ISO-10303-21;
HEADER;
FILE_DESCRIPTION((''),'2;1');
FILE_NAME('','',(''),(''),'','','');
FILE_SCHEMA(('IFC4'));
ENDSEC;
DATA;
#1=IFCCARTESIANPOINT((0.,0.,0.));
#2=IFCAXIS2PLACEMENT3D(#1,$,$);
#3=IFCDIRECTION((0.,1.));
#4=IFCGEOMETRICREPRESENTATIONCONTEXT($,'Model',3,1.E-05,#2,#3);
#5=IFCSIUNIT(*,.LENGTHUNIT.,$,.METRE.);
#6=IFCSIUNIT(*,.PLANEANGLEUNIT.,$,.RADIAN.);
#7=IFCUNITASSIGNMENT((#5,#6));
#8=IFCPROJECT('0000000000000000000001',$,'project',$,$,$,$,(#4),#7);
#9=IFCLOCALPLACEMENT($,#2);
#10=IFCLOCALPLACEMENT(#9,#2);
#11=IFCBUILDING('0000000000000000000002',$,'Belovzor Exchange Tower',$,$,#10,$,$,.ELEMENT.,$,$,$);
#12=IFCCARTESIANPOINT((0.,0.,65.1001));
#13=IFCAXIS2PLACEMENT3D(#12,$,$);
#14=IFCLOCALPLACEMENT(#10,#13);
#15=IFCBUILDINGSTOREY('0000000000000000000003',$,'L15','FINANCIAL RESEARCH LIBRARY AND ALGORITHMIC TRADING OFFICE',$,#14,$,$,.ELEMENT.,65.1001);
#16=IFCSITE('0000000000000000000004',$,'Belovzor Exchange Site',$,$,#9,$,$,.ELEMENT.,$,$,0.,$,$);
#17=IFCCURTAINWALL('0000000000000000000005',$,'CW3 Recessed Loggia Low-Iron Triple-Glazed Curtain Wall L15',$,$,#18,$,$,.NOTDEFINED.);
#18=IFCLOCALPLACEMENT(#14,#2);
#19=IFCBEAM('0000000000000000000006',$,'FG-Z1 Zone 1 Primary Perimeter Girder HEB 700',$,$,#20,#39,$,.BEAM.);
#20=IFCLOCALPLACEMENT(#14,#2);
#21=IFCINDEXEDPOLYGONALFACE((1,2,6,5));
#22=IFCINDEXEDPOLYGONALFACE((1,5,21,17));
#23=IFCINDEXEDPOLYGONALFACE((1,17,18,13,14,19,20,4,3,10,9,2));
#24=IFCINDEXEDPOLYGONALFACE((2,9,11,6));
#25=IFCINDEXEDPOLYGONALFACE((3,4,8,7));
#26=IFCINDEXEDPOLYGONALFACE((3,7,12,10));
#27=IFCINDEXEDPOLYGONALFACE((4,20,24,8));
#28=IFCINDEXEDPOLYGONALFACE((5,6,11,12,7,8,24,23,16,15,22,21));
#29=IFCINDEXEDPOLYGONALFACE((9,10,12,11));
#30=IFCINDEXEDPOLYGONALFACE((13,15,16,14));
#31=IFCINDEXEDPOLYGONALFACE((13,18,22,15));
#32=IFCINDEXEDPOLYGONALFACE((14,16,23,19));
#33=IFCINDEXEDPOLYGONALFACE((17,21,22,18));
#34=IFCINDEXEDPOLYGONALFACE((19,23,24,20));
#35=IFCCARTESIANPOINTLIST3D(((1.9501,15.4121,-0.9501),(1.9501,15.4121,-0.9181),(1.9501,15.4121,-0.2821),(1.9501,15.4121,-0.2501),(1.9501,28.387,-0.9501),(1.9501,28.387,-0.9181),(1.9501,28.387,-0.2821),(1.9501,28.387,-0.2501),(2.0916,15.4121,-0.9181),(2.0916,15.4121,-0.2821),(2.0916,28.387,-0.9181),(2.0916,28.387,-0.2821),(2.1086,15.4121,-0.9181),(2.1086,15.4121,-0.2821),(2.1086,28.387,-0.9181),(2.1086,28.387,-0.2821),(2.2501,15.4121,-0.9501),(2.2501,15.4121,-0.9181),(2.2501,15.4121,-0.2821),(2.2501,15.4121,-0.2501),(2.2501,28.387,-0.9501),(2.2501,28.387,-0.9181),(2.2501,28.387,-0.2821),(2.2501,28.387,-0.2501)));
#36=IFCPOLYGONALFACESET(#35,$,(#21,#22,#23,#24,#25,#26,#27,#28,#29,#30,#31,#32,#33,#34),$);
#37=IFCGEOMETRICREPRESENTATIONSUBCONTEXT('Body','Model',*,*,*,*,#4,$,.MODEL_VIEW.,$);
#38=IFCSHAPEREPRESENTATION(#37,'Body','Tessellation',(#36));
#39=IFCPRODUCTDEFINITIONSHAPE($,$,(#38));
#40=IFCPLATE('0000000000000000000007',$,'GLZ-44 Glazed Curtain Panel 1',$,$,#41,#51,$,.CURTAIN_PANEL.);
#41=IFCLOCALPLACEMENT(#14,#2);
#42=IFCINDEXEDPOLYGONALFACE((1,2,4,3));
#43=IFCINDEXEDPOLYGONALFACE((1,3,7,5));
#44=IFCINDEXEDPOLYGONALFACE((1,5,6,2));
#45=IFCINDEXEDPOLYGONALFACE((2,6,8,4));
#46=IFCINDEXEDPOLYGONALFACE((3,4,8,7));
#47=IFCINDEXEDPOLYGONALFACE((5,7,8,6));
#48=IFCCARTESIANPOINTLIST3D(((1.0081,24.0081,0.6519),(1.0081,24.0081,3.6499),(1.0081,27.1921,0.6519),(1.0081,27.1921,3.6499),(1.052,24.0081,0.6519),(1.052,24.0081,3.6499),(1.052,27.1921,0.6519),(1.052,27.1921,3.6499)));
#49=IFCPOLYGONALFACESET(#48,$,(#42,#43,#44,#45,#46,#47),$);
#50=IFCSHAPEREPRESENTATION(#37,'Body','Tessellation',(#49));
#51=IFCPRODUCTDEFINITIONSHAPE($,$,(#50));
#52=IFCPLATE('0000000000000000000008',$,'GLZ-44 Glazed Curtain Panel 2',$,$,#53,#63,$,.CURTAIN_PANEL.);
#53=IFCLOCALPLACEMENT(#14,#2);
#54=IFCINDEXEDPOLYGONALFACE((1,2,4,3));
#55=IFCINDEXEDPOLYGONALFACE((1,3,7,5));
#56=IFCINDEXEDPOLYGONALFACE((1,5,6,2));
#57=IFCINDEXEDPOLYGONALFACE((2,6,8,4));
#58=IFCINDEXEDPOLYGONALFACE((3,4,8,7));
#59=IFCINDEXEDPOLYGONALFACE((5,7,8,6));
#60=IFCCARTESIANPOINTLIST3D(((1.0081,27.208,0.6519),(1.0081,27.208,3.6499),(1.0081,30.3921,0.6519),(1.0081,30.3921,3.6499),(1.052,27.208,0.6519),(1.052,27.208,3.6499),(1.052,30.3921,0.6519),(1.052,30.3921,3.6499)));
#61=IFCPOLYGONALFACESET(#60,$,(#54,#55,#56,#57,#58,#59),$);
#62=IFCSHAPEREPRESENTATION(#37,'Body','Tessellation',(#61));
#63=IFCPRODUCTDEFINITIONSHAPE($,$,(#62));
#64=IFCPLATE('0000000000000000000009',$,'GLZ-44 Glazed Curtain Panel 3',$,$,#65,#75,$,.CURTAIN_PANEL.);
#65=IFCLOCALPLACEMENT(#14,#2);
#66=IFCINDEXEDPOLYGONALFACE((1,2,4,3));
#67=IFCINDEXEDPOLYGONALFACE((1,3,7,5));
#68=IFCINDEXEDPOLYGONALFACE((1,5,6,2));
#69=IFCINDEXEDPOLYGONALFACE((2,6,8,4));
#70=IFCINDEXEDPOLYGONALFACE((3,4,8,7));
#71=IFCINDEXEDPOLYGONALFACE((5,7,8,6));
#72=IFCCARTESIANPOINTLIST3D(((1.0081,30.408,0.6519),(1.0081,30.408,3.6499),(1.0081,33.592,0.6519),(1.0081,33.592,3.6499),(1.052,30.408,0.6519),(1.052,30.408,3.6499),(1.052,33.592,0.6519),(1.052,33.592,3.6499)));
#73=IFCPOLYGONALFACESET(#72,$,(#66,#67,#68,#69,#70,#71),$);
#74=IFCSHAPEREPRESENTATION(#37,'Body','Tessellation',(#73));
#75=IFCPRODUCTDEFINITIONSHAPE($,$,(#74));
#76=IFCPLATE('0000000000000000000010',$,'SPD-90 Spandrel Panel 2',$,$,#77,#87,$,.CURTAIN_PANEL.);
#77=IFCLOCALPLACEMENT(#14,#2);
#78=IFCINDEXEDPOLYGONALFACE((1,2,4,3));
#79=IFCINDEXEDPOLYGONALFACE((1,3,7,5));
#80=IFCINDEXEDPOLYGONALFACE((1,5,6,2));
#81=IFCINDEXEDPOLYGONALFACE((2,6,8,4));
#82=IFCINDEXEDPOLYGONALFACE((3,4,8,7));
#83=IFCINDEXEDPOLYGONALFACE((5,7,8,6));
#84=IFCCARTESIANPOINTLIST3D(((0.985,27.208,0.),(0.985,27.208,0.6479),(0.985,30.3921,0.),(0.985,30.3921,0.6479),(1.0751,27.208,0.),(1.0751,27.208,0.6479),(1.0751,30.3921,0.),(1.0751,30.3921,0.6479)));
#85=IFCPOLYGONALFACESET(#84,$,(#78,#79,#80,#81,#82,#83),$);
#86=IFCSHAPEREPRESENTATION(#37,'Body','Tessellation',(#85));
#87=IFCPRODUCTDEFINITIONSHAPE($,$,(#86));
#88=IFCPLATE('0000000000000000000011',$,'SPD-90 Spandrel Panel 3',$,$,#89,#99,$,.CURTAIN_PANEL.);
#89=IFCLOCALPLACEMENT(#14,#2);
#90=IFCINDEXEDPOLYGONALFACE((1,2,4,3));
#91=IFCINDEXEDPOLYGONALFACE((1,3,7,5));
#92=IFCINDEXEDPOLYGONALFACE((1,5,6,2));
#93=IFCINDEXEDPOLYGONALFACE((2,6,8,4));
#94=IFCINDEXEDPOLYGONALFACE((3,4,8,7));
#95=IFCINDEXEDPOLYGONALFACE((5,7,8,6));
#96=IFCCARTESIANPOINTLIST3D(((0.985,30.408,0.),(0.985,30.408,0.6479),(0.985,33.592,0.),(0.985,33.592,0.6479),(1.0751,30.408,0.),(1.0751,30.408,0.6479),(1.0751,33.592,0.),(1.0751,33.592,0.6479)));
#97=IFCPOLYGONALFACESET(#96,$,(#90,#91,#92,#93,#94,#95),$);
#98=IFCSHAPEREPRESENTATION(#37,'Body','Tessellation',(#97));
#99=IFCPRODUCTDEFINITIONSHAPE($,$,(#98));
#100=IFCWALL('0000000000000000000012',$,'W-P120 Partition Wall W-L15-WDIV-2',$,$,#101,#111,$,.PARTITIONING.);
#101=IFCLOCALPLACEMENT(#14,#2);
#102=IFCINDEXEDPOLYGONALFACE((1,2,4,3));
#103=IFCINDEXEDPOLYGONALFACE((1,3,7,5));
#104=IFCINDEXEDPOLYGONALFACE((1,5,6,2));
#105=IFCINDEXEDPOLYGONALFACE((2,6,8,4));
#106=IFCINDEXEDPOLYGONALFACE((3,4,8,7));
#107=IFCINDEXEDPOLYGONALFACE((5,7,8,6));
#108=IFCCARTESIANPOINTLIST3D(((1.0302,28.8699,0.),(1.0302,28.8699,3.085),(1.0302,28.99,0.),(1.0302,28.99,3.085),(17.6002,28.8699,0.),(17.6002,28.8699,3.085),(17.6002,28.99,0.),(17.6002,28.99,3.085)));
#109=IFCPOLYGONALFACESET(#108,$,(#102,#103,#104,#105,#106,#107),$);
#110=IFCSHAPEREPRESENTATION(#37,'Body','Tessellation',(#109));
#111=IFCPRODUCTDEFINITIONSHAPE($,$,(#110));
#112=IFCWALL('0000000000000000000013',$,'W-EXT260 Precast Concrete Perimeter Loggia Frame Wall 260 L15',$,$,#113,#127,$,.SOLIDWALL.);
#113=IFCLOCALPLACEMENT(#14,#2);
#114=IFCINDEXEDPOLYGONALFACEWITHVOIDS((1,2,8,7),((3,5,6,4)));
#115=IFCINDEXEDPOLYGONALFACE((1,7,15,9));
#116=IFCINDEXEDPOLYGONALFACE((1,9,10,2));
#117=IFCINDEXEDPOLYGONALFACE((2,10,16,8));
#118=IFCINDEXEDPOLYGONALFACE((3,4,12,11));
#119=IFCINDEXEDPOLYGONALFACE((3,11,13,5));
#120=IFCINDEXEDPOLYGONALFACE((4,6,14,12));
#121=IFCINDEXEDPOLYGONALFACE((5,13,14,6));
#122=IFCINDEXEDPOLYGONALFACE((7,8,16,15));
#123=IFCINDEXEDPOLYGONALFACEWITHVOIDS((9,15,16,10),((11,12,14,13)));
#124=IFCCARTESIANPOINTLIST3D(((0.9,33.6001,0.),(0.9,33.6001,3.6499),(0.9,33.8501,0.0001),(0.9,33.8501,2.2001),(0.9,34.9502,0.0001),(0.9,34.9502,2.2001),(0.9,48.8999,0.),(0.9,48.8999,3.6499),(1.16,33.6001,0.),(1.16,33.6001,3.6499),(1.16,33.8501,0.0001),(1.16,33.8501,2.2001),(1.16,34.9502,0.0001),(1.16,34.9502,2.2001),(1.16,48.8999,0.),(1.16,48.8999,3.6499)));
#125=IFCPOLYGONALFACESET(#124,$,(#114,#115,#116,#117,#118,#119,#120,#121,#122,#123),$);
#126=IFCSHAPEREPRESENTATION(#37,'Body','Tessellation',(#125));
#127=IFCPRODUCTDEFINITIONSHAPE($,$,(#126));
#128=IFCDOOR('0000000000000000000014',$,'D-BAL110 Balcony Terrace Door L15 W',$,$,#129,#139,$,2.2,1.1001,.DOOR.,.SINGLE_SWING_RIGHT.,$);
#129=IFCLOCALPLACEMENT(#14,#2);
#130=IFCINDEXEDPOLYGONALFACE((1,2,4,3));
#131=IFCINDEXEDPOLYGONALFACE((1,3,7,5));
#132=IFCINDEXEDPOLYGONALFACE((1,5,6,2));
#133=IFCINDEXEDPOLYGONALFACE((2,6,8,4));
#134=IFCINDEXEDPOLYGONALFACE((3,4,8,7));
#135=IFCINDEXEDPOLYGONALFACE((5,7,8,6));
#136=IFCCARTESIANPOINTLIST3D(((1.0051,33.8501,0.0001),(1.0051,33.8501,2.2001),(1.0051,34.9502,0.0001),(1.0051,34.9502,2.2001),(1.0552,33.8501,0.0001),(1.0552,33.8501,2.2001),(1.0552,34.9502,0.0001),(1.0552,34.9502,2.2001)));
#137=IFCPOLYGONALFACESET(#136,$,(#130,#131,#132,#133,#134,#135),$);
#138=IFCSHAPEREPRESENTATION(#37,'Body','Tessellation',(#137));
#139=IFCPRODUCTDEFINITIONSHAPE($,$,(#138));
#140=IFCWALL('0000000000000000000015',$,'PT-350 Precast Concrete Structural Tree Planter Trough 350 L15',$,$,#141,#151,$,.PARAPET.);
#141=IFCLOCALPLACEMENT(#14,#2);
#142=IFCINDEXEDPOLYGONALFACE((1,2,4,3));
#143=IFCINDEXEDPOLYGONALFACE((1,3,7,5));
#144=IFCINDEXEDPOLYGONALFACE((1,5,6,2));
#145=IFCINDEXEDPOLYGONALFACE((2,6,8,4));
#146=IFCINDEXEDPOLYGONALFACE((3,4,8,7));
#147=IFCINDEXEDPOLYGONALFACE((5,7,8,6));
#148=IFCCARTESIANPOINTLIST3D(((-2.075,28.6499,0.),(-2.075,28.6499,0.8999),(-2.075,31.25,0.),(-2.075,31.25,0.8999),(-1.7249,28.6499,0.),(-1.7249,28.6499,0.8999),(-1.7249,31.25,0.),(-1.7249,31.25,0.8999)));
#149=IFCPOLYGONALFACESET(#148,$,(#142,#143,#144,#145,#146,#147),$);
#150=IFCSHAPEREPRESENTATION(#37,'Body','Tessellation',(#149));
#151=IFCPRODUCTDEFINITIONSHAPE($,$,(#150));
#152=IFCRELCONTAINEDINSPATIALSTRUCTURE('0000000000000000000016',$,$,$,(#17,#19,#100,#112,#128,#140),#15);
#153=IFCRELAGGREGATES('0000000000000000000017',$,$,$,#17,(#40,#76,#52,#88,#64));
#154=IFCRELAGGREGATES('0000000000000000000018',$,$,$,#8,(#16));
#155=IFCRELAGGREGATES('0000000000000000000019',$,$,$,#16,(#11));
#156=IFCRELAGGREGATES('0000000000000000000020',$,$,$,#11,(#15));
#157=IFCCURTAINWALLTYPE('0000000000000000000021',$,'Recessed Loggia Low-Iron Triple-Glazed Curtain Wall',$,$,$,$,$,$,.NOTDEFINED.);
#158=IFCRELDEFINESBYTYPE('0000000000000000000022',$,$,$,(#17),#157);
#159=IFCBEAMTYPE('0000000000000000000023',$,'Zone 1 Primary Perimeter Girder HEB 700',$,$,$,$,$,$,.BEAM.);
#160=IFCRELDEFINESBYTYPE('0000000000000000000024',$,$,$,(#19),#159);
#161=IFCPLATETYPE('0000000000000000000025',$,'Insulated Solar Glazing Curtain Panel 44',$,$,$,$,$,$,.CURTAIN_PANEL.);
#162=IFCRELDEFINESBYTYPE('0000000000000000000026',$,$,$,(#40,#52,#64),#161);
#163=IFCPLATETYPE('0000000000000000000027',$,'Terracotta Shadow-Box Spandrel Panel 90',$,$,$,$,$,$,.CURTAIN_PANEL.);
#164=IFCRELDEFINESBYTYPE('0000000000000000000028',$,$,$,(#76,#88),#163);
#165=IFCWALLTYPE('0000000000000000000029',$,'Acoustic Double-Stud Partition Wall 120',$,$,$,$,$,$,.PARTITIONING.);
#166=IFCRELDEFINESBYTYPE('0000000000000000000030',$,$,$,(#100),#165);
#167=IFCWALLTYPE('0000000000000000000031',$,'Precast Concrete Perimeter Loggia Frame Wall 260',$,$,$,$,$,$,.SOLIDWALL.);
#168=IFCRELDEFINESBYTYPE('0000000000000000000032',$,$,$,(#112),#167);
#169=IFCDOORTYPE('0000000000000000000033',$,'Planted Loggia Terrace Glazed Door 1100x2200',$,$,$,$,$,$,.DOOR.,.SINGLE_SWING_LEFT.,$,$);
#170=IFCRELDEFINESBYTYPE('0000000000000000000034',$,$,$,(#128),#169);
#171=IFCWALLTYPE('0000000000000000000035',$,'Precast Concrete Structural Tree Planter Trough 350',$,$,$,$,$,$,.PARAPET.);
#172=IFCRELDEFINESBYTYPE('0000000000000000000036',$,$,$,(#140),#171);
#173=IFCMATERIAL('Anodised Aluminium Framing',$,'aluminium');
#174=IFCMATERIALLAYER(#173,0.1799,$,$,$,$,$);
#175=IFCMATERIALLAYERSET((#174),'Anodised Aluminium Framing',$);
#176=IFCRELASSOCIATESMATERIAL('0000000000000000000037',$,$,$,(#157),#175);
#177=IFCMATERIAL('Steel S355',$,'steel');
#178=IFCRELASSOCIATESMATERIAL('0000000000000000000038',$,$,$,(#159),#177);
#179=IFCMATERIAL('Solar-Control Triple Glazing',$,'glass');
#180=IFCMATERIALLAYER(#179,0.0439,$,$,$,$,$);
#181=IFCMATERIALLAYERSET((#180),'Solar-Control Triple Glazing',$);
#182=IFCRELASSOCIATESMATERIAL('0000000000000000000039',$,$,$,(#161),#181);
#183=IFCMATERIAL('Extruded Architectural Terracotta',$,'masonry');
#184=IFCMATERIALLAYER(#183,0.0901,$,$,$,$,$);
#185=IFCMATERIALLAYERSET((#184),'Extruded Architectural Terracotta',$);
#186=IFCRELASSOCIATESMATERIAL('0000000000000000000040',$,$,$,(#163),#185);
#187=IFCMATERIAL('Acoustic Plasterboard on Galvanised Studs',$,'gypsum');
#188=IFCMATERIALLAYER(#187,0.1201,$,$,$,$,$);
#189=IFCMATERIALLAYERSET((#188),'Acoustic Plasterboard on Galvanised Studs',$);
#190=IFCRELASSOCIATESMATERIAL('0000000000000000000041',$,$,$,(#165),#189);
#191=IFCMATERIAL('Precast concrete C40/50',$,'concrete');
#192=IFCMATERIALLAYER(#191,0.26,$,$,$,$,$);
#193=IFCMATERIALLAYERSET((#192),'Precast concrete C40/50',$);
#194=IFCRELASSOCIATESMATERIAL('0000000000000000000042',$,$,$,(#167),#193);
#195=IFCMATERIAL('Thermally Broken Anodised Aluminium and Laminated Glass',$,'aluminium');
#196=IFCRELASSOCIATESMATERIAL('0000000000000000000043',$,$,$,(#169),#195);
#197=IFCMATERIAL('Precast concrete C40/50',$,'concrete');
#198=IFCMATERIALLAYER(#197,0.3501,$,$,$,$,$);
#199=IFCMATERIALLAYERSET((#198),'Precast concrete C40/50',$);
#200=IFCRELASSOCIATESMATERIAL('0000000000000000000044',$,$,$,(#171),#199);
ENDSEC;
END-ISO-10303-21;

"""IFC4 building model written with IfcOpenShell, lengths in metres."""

from ifc_helpers import new_model, si_unit, direction, frame, frame_2d, origin, origin_2d, place, context, subcontext, project, spatial, rectangle, i_section, extrude, material, layer, layer_set, material_profile, profile_set, type_object, element, fill, aggregate, save


model = new_model("IFC4")

# Units and contexts
model_context = context("Model", 3, precision=1e-05, world=origin(), true_north=direction((0.0, 1.0)))
body_context = subcontext(model_context, "Body", "Model", "MODEL_VIEW")
ifc_project = project(units=[si_unit("LENGTHUNIT", "METRE"), si_unit("PLANEANGLEUNIT", "RADIAN")], contexts=[model_context])

# Site, building, storey
site_placement = place(None, origin())
site = spatial("IfcSite", under=ifc_project, at=site_placement, Name="Belovzor Exchange Site", CompositionType="ELEMENT", RefElevation=0.0)
building_placement = place(site_placement, origin())
building = spatial("IfcBuilding", under=site, at=building_placement, Name="Belovzor Exchange Tower", CompositionType="ELEMENT")
storey_placement = place(building_placement, frame((0.0, 0.0, 65.1001)))
storey = spatial("IfcBuildingStorey", under=building, at=storey_placement, Name="L15", Description="FINANCIAL RESEARCH LIBRARY AND ALGORITHMIC TRADING OFFICE", CompositionType="ELEMENT", Elevation=65.1001)

# Curtain wall
ifc_material_1 = material(Name="Anodised Aluminium Framing", Category="aluminium")
ifc_layer_1 = layer(ifc_material_1, 0.1799)
ifc_layer_set_1 = layer_set([ifc_layer_1], Name="Anodised Aluminium Framing")
curtain_wall_type = type_object("IfcCurtainWallType", Name="Recessed Loggia Low-Iron Triple-Glazed Curtain Wall", PredefinedType="NOTDEFINED", material=ifc_layer_set_1)
curtain_wall_placement = place(storey_placement, origin())
curtain_wall = element("IfcCurtainWall", 1, at=curtain_wall_placement, inside=storey, type_object=curtain_wall_type, Name="CW3 Recessed Loggia Low-Iron Triple-Glazed Curtain Wall L15", PredefinedType="NOTDEFINED")

# Beam
ifc_material_2 = material(Name="Steel S355", Category="steel")
ifc_material_profile_1 = material_profile(ifc_material_2, i_section(OverallWidth=0.3, OverallDepth=0.7, WebThickness=0.0171, FlangeThickness=0.032, at=origin_2d()))
ifc_profile_set_1 = profile_set([ifc_material_profile_1], Name="Steel S355")
beam_type_1 = type_object("IfcBeamType", Name="Zone 1 Primary Perimeter Girder HEB 700", PredefinedType="BEAM", material=ifc_profile_set_1)
beam_1_placement = place(storey_placement, frame((2.1001, 28.387, -0.6001), z_axis=(0.0, -1.0, 0.0), x_axis=(1.0, 0.0, 0.0)))
element("IfcBeam", 2, at=beam_1_placement, inside=storey, type_object=beam_type_1, Name="FG-Z1 Zone 1 Primary Perimeter Girder HEB 700", PredefinedType="BEAM", context=body_context, shape_type="SweptSolid", body=[
    extrude(i_section(OverallWidth=0.3, OverallDepth=0.7, WebThickness=0.0171, FlangeThickness=0.032, at=origin_2d()), origin(), (0.0, 0.0, 1.0), 12.9749),
])

# Plates
ifc_material_3 = material(Name="Solar-Control Triple Glazing", Category="glass")
ifc_layer_2 = layer(ifc_material_3, 0.0439)
ifc_layer_set_2 = layer_set([ifc_layer_2], Name="Solar-Control Triple Glazing")
plate_type_1 = type_object("IfcPlateType", Name="Insulated Solar Glazing Curtain Panel 44", PredefinedType="CURTAIN_PANEL", material=ifc_layer_set_2)
plate_1_placement = place(storey_placement, frame((1.03, 25.6001, 0.6519), z_axis=(0.0, 0.0, 1.0), x_axis=(0.0, 1.0, 0.0)))
plate_1 = element("IfcPlate", 3, at=plate_1_placement, type_object=plate_type_1, Name="GLZ-44 Glazed Curtain Panel 1", PredefinedType="CURTAIN_PANEL", context=body_context, shape_type="SweptSolid", body=[
    extrude(rectangle(XDim=3.1841, YDim=0.0439, at=origin_2d()), origin(), (0.0, 0.0, 1.0), 2.998),
])
plate_2_placement = place(storey_placement, frame((1.03, 28.8, 0.6519), z_axis=(0.0, 0.0, 1.0), x_axis=(0.0, 1.0, 0.0)))
plate_2 = element("IfcPlate", 4, at=plate_2_placement, type_object=plate_type_1, Name="GLZ-44 Glazed Curtain Panel 2", PredefinedType="CURTAIN_PANEL", context=body_context, shape_type="SweptSolid", body=[
    extrude(rectangle(XDim=3.1841, YDim=0.0439, at=origin_2d()), origin(), (0.0, 0.0, 1.0), 2.998),
])
plate_3_placement = place(storey_placement, frame((1.03, 32.0, 0.6519), z_axis=(0.0, 0.0, 1.0), x_axis=(0.0, 1.0, 0.0)))
plate_3 = element("IfcPlate", 5, at=plate_3_placement, type_object=plate_type_1, Name="GLZ-44 Glazed Curtain Panel 3", PredefinedType="CURTAIN_PANEL", context=body_context, shape_type="SweptSolid", body=[
    extrude(rectangle(XDim=3.1841, YDim=0.0439, at=origin_2d()), origin(), (0.0, 0.0, 1.0), 2.998),
])
ifc_material_4 = material(Name="Extruded Architectural Terracotta", Category="masonry")
ifc_layer_3 = layer(ifc_material_4, 0.0901)
ifc_layer_set_3 = layer_set([ifc_layer_3], Name="Extruded Architectural Terracotta")
plate_type_2 = type_object("IfcPlateType", Name="Terracotta Shadow-Box Spandrel Panel 90", PredefinedType="CURTAIN_PANEL", material=ifc_layer_set_3)
plate_4_placement = place(storey_placement, frame((1.03, 28.8, 0.0), z_axis=(0.0, 0.0, 1.0), x_axis=(0.0, 1.0, 0.0)))
plate_4 = element("IfcPlate", 6, at=plate_4_placement, type_object=plate_type_2, Name="SPD-90 Spandrel Panel 2", PredefinedType="CURTAIN_PANEL", context=body_context, shape_type="SweptSolid", body=[
    extrude(rectangle(XDim=3.1841, YDim=0.0901, at=origin_2d()), origin(), (0.0, 0.0, 1.0), 0.6479),
])
plate_5_placement = place(storey_placement, frame((1.03, 32.0, 0.0), z_axis=(0.0, 0.0, 1.0), x_axis=(0.0, 1.0, 0.0)))
plate_5 = element("IfcPlate", 7, at=plate_5_placement, type_object=plate_type_2, Name="SPD-90 Spandrel Panel 3", PredefinedType="CURTAIN_PANEL", context=body_context, shape_type="SweptSolid", body=[
    extrude(rectangle(XDim=3.1841, YDim=0.0901, at=origin_2d()), origin(), (0.0, 0.0, 1.0), 0.6479),
])
aggregate(curtain_wall, [plate_1, plate_4, plate_2, plate_5, plate_3])

# Wall
ifc_material_5 = material(Name="Acoustic Plasterboard on Galvanised Studs", Category="gypsum")
ifc_layer_4 = layer(ifc_material_5, 0.1201)
ifc_layer_set_4 = layer_set([ifc_layer_4], Name="Acoustic Plasterboard on Galvanised Studs")
wall_type_1 = type_object("IfcWallType", Name="Acoustic Double-Stud Partition Wall 120", PredefinedType="PARTITIONING", material=ifc_layer_set_4)
wall_1_placement = place(storey_placement, frame((1.03, 28.9299, 0.0), z_axis=(0.0, 0.0, 1.0), x_axis=(1.0, 0.0, 0.0)))
element("IfcWall", 8, at=wall_1_placement, inside=storey, type_object=wall_type_1, Name="W-P120 Partition Wall W-L15-WDIV-2", PredefinedType="PARTITIONING", context=body_context, shape_type="SweptSolid", body=[
    extrude(rectangle(XDim=16.5701, YDim=0.1201, at=frame_2d((8.2852, 0.0))), origin(), (0.0, 0.0, 1.0), 3.085),
])

# Wall, opening, door
ifc_material_6 = material(Name="Precast concrete C40/50", Category="concrete")
ifc_layer_5 = layer(ifc_material_6, 0.26)
ifc_layer_set_5 = layer_set([ifc_layer_5], Name="Precast concrete C40/50")
wall_type_2 = type_object("IfcWallType", Name="Precast Concrete Perimeter Loggia Frame Wall 260", PredefinedType="SOLIDWALL", material=ifc_layer_set_5)
wall_2_placement = place(storey_placement, frame((1.03, 33.6001, 0.0), z_axis=(0.0, 0.0, 1.0), x_axis=(0.0, 1.0, 0.0)))
wall_2 = element("IfcWall", 9, at=wall_2_placement, inside=storey, type_object=wall_type_2, Name="W-EXT260 Precast Concrete Perimeter Loggia Frame Wall 260 L15", PredefinedType="SOLIDWALL", context=body_context, shape_type="SweptSolid", body=[
    extrude(rectangle(XDim=15.2998, YDim=0.26, at=frame_2d((7.6499, 0.0))), origin(), (0.0, 0.0, 1.0), 3.6499),
])
opening_placement = place(wall_2_placement, frame((0.25, 0.0, 0.0)))
opening = element("IfcOpeningElement", 10, at=opening_placement, cuts=wall_2, PredefinedType="OPENING", context=body_context, shape_type="SweptSolid", body=[
    extrude(rectangle(XDim=1.1001, YDim=2.2, at=frame_2d((0.55, 1.1001))), frame((0.0, 0.1399, 0.0), z_axis=(0.0, -1.0, 0.0), x_axis=(1.0, 0.0, 0.0)), (0.0, 0.0, 1.0), 0.28),
])
ifc_material_7 = material(Name="Thermally Broken Anodised Aluminium and Laminated Glass", Category="aluminium")
door_type = type_object("IfcDoorType", Name="Planted Loggia Terrace Glazed Door 1100x2200", OperationType="SINGLE_SWING_LEFT", PredefinedType="DOOR", material=ifc_material_7)
door_placement = place(opening_placement, origin())
door = element("IfcDoor", 11, at=door_placement, inside=storey, type_object=door_type, Name="D-BAL110 Balcony Terrace Door L15 W", OperationType="SINGLE_SWING_RIGHT", OverallHeight=2.2, OverallWidth=1.1001, PredefinedType="DOOR", context=body_context, shape_type="SweptSolid", body=[
    extrude(rectangle(XDim=1.1001, YDim=2.2, at=frame_2d((0.55, 1.1001))), frame((0.0, 0.0249, 0.0), z_axis=(0.0, -1.0, 0.0), x_axis=(1.0, 0.0, 0.0)), (0.0, 0.0, 1.0), 0.05),
])
fill(opening, door)

# Wall
ifc_material_8 = material(Name="Precast concrete C40/50", Category="concrete")
ifc_layer_6 = layer(ifc_material_8, 0.3501)
ifc_layer_set_6 = layer_set([ifc_layer_6], Name="Precast concrete C40/50")
wall_type_3 = type_object("IfcWallType", Name="Precast Concrete Structural Tree Planter Trough 350", PredefinedType="PARAPET", material=ifc_layer_set_6)
wall_3_placement = place(storey_placement, frame((-1.8999, 28.6499, 0.0), z_axis=(0.0, 0.0, 1.0), x_axis=(0.0, 1.0, 0.0)))
element("IfcWall", 12, at=wall_3_placement, inside=storey, type_object=wall_type_3, Name="PT-350 Precast Concrete Structural Tree Planter Trough 350 L15", PredefinedType="PARAPET", context=body_context, shape_type="SweptSolid", body=[
    extrude(rectangle(XDim=2.6001, YDim=0.3501, at=frame_2d((1.3, 0.0))), origin(), (0.0, 0.0, 1.0), 0.8999),
])

save(model, "model.ifc")
